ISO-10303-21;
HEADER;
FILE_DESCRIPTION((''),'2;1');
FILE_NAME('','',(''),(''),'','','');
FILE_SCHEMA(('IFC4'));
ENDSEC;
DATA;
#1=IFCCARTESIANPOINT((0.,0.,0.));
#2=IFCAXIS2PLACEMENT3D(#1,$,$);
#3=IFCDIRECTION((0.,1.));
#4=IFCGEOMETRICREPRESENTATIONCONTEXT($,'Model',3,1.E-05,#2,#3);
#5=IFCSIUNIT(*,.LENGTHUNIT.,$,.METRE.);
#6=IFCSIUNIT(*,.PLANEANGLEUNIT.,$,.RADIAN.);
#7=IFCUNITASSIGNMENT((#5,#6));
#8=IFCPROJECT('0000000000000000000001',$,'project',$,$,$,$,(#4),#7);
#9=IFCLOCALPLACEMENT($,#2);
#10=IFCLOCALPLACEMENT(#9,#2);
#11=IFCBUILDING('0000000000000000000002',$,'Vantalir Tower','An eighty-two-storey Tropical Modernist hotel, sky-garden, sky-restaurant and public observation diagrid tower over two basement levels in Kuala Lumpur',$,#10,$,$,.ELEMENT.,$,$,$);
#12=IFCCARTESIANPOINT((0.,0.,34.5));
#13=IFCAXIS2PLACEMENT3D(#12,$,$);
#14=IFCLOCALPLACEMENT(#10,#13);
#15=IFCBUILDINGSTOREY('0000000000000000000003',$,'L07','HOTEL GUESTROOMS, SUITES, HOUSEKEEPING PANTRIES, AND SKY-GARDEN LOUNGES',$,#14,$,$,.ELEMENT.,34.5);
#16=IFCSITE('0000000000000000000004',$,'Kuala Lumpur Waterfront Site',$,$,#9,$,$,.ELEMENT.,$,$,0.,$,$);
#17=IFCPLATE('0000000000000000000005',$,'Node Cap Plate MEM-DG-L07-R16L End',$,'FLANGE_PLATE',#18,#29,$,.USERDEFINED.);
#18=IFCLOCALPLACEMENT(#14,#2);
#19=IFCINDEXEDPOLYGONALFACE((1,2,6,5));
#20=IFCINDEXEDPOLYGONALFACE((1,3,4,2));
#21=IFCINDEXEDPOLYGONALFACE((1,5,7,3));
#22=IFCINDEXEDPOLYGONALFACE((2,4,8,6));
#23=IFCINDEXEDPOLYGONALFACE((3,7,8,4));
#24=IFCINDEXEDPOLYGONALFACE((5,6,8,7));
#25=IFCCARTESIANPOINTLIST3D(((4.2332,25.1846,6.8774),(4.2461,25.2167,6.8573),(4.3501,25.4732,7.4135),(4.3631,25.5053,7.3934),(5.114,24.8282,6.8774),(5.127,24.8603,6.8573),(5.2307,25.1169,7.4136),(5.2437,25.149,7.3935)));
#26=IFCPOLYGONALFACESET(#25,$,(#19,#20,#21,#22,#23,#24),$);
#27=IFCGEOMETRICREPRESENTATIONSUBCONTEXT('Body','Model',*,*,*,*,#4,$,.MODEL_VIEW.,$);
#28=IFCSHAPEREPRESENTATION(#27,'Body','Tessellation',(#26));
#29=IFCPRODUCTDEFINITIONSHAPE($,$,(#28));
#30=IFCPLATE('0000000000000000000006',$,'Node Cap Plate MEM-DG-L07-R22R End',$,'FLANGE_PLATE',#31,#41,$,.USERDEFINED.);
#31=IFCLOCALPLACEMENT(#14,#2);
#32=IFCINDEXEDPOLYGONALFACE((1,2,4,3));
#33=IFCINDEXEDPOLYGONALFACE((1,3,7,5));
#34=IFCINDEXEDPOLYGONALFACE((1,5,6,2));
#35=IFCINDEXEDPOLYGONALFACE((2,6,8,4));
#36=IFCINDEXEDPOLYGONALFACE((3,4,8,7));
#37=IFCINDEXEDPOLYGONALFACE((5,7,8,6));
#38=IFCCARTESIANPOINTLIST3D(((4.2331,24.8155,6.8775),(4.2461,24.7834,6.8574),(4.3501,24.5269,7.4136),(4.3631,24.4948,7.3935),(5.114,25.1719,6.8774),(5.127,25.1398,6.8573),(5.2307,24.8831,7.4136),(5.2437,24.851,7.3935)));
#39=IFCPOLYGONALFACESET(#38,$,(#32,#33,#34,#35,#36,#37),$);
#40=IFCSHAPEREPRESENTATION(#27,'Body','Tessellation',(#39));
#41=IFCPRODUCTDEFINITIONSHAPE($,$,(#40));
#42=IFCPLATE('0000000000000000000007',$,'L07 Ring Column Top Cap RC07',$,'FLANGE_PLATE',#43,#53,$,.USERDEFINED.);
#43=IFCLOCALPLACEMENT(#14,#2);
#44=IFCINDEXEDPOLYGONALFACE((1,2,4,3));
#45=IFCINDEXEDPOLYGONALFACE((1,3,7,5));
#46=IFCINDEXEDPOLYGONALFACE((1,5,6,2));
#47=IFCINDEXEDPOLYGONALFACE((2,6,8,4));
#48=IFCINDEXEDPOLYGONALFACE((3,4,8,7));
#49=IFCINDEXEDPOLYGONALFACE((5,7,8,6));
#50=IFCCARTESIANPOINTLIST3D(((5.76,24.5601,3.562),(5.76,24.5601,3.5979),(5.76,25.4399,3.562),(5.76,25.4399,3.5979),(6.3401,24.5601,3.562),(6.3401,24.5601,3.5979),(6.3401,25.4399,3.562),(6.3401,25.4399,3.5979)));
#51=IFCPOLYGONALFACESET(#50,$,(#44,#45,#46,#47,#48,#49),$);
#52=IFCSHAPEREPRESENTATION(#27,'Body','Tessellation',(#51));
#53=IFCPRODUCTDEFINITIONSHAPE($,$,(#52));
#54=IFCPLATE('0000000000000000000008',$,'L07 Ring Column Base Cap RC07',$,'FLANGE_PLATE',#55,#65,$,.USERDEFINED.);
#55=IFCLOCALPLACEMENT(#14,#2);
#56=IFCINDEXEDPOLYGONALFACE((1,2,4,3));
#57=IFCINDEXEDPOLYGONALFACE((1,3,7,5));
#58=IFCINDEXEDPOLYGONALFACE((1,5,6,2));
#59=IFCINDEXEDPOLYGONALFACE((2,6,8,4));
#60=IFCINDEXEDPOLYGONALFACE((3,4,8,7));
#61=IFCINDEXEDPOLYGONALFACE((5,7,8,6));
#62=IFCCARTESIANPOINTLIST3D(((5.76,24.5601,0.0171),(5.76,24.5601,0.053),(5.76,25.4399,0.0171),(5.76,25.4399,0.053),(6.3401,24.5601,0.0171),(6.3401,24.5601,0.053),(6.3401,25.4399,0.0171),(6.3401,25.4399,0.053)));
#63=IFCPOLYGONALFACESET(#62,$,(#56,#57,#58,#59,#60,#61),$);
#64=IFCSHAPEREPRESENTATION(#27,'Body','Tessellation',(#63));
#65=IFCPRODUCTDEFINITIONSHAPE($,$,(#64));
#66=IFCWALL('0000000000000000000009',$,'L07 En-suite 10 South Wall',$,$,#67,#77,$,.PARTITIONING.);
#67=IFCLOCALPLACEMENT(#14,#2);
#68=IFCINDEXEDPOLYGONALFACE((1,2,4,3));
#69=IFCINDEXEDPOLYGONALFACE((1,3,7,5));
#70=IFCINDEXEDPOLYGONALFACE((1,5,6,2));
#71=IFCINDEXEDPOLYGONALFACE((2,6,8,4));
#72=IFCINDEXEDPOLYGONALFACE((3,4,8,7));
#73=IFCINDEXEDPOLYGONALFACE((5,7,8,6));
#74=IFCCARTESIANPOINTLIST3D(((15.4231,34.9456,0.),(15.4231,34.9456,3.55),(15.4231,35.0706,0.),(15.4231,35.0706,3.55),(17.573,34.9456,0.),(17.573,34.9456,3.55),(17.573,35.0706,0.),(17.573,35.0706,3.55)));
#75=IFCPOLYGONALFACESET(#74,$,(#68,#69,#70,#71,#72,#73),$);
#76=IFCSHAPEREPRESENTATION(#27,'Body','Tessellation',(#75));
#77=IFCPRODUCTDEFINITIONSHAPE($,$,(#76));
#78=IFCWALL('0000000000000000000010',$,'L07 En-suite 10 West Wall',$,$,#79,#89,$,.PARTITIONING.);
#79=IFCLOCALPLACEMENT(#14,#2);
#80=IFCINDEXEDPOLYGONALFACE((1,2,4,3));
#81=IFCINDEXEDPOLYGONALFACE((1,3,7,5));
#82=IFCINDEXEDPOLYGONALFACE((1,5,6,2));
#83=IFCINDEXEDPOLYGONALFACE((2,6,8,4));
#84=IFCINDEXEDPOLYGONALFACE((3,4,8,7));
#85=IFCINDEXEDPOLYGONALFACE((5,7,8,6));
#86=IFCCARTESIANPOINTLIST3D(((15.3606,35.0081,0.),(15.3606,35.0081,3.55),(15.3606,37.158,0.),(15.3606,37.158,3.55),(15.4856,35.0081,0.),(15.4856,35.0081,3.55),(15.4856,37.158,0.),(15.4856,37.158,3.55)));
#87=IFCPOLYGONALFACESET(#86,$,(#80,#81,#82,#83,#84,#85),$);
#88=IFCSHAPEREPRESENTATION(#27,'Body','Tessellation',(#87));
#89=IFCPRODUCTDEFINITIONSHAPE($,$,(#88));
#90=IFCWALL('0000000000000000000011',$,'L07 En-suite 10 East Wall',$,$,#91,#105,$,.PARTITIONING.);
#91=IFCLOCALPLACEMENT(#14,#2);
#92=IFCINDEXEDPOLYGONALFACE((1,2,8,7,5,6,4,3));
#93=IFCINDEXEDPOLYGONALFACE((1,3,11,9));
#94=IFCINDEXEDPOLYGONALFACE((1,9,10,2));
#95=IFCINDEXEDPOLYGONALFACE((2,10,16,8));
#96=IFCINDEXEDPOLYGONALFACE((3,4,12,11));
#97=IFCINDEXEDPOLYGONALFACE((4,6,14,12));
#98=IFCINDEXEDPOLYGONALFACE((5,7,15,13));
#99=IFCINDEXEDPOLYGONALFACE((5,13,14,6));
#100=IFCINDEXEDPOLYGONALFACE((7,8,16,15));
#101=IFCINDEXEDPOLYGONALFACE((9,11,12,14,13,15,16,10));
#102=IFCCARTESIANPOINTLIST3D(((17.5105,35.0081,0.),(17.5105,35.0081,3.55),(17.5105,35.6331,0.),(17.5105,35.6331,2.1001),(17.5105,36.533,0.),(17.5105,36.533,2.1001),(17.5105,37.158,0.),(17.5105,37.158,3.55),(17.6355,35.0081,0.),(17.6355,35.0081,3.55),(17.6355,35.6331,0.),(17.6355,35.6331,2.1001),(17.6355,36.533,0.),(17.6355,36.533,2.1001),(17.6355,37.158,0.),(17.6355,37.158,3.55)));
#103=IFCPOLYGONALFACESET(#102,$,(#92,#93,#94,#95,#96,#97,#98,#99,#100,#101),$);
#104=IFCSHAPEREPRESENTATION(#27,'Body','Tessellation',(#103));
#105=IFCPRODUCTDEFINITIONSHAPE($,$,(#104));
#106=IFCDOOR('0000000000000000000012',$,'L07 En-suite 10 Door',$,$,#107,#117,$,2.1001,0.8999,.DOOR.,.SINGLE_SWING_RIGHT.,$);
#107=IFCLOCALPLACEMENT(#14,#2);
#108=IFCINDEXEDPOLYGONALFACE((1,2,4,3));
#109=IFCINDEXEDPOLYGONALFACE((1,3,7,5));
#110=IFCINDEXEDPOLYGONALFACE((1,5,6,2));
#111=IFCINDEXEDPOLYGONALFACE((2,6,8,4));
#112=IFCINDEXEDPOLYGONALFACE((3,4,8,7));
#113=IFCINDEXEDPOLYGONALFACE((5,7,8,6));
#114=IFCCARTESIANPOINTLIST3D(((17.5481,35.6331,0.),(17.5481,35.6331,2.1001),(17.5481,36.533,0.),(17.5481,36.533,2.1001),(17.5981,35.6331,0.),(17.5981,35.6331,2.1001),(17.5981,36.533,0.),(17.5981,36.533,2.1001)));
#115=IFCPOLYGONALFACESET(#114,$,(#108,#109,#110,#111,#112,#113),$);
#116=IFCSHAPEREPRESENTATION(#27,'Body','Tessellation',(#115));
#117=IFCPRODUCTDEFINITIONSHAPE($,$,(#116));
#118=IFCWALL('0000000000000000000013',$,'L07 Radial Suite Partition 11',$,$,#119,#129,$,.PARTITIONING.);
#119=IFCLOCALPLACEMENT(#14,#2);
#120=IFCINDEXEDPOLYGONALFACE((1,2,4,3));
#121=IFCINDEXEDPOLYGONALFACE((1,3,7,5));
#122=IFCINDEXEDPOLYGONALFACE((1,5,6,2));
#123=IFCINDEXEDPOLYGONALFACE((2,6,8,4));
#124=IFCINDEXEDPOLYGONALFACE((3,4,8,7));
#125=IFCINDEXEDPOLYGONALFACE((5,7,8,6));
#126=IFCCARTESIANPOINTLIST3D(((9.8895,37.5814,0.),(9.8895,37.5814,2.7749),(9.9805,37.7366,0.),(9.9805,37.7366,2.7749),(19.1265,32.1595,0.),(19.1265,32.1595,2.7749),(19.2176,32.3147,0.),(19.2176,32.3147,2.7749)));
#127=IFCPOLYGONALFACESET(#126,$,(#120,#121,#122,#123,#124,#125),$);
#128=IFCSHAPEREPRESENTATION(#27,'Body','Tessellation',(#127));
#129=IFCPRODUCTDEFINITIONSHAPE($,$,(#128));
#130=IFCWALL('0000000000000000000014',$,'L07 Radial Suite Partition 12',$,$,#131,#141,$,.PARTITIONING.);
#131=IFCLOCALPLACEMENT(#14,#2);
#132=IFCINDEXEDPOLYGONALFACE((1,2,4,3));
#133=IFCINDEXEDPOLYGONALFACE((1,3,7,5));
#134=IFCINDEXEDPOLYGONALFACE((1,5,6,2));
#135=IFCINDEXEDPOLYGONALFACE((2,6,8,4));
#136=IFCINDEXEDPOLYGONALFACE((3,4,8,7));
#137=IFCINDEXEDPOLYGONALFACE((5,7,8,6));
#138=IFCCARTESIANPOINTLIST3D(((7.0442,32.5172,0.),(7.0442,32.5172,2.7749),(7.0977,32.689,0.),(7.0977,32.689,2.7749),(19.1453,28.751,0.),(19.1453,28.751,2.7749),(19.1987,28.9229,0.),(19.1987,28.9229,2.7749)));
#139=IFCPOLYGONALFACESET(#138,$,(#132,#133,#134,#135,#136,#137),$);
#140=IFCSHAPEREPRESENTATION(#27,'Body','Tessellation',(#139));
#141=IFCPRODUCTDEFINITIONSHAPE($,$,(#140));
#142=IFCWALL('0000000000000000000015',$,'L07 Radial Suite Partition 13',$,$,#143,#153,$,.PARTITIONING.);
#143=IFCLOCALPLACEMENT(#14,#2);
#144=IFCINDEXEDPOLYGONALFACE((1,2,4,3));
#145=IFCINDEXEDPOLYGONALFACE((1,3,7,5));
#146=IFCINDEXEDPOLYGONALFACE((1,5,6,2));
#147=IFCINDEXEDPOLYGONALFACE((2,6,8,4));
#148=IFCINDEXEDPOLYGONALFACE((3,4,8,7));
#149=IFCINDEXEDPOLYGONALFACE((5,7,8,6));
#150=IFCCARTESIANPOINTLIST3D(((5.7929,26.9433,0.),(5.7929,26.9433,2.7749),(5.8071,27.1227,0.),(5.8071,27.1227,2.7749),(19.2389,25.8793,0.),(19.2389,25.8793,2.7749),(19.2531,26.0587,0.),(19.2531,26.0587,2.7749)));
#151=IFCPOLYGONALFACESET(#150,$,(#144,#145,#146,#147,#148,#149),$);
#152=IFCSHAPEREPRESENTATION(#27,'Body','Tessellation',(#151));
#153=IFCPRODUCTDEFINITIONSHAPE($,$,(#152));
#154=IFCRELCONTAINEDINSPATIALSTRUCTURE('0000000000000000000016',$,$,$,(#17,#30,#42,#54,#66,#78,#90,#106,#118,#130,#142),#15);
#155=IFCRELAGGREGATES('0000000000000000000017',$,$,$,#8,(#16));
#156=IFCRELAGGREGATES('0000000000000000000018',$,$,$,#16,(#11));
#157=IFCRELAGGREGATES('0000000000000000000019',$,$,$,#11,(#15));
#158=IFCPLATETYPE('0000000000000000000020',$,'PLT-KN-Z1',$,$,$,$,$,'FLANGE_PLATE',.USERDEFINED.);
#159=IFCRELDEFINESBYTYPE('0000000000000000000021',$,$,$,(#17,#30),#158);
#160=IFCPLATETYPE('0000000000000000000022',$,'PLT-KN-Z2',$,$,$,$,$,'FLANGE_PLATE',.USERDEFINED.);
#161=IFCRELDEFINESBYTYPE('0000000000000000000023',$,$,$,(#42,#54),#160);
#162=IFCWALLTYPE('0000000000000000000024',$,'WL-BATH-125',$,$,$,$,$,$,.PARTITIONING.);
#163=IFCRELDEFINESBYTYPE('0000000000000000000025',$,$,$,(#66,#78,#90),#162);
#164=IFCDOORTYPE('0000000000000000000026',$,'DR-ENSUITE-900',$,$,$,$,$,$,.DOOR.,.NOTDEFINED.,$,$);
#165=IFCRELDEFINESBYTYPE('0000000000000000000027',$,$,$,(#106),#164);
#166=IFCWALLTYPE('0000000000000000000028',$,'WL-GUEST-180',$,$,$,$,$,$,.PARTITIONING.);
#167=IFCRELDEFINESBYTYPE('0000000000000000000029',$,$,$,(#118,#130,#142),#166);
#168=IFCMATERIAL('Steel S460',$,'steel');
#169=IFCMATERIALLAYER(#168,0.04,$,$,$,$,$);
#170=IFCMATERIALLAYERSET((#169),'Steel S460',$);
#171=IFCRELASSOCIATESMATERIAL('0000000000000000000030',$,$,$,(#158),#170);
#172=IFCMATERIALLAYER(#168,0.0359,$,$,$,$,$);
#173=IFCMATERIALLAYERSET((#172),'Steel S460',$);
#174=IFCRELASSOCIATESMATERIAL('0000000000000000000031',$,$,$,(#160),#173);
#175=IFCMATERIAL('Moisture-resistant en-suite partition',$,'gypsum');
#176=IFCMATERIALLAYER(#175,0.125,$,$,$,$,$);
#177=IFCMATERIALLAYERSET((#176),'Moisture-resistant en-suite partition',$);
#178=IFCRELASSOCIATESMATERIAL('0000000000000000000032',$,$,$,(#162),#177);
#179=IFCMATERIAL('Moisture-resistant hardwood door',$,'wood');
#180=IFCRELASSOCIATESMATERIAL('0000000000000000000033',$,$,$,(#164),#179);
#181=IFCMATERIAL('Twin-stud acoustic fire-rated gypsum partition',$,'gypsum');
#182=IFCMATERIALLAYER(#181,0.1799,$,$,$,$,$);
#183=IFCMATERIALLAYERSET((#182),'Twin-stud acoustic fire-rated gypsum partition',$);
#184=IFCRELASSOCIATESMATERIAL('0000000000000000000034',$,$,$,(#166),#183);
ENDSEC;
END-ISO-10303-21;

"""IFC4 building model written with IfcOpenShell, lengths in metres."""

from ifc_helpers import new_model, si_unit, direction, frame, frame_2d, origin, place, context, subcontext, project, spatial, polyline, rectangle, outline, extrude, material, layer, layer_set, type_object, element, fill, save


model = new_model("IFC4")

# Units and contexts
model_context = context("Model", 3, precision=1e-05, world=origin(), true_north=direction((0.0, 1.0)))
body_context = subcontext(model_context, "Body", "Model", "MODEL_VIEW")
ifc_project = project(units=[si_unit("LENGTHUNIT", "METRE"), si_unit("PLANEANGLEUNIT", "RADIAN")], contexts=[model_context])

# Site, building, storey
site_placement = place(None, origin())
site = spatial("IfcSite", under=ifc_project, at=site_placement, Name="Kuala Lumpur Waterfront Site", CompositionType="ELEMENT", RefElevation=0.0)
building_placement = place(site_placement, origin())
building = spatial("IfcBuilding", under=site, at=building_placement, Name="Vantalir Tower", Description="An eighty-two-storey Tropical Modernist hotel, sky-garden, sky-restaurant and public observation diagrid tower over two basement levels in Kuala Lumpur", CompositionType="ELEMENT")
storey_placement = place(building_placement, frame((0.0, 0.0, 34.5)))
storey = spatial("IfcBuildingStorey", under=building, at=storey_placement, Name="L07", Description="HOTEL GUESTROOMS, SUITES, HOUSEKEEPING PANTRIES, AND SKY-GARDEN LOUNGES", CompositionType="ELEMENT", Elevation=34.5)

# Shared definitions
ifc_material_1 = material(Name="Steel S460", Category="steel")

# Plates
ifc_layer_1 = layer(ifc_material_1, 0.04)
ifc_layer_set_1 = layer_set([ifc_layer_1], Name="Steel S460")
plate_type_1 = type_object("IfcPlateType", Name="PLT-KN-Z1", ElementType="FLANGE_PLATE", PredefinedType="USERDEFINED", material=ifc_layer_set_1)
plate_1_placement = place(storey_placement, frame((4.2332, 25.1846, 6.8774), z_axis=(-0.324298, -0.801579, 0.502297), x_axis=(0.927001, -0.37506, -0.000031)))
element("IfcPlate", 1, at=plate_1_placement, inside=storey, type_object=plate_type_1, Name="Node Cap Plate MEM-DG-L07-R16L End", ObjectType="FLANGE_PLATE", PredefinedType="USERDEFINED", context=body_context, shape_type="SweptSolid", body=[
    extrude(outline(polyline([(0.0, 0.0), (0.9502, 0.0), (0.9501, 0.6201), (0.0002, 0.62), (0.0, 0.0)])), origin(), (0.0, 0.0, -1.0), 0.04),
])
plate_2_placement = place(storey_placement, frame((5.114, 25.1719, 6.8774), z_axis=(-0.324298, 0.801579, 0.502297), x_axis=(-0.927001, -0.37506, 0.000031)))
element("IfcPlate", 2, at=plate_2_placement, inside=storey, type_object=plate_type_1, Name="Node Cap Plate MEM-DG-L07-R22R End", ObjectType="FLANGE_PLATE", PredefinedType="USERDEFINED", context=body_context, shape_type="SweptSolid", body=[
    extrude(outline(polyline([(0.0, 0.0), (0.9502, 0.0), (0.9501, 0.62), (0.0002, 0.6201), (0.0, 0.0)])), origin(), (0.0, 0.0, -1.0), 0.04),
])
ifc_layer_2 = layer(ifc_material_1, 0.0359)
ifc_layer_set_2 = layer_set([ifc_layer_2], Name="Steel S460")
plate_type_2 = type_object("IfcPlateType", Name="PLT-KN-Z2", ElementType="FLANGE_PLATE", PredefinedType="USERDEFINED", material=ifc_layer_set_2)
for number, where, z_axis, x_axis, name in (
    (3, (5.76, 25.4399, 3.5979), (0.0, 0.0, 1.0), (0.0, -1.0, 0.0), "L07 Ring Column Top Cap RC07"),
    (4, (5.76, 25.4399, 0.053), (0.0, 0.0, 1.0), (0.0, -1.0, 0.0), "L07 Ring Column Base Cap RC07"),
):
    element("IfcPlate", number, at=place(storey_placement, frame(where, z_axis=z_axis, x_axis=x_axis)), inside=storey, type_object=plate_type_2, Name=name, ObjectType="FLANGE_PLATE", PredefinedType="USERDEFINED", context=body_context, shape_type="SweptSolid", body=[
        extrude(outline(polyline([(0.0, 0.0), (0.8799, 0.0), (0.8799, 0.5801), (0.0, 0.5801), (0.0, 0.0)])), origin(), (0.0, 0.0, -1.0), 0.0359),
    ])

# Walls
ifc_material_2 = material(Name="Moisture-resistant en-suite partition", Category="gypsum")
ifc_layer_3 = layer(ifc_material_2, 0.125)
ifc_layer_set_3 = layer_set([ifc_layer_3], Name="Moisture-resistant en-suite partition")
wall_type_1 = type_object("IfcWallType", Name="WL-BATH-125", PredefinedType="PARTITIONING", material=ifc_layer_set_3)
for number, where, z_axis, x_axis, name in (
    (5, (15.4231, 35.0081, 0.0), (0.0, 0.0, 1.0), (1.0, 0.0, 0.0), "L07 En-suite 10 South Wall"),
    (6, (15.4231, 35.0081, 0.0), (0.0, 0.0, 1.0), (0.0, 1.0, 0.0), "L07 En-suite 10 West Wall"),
):
    element("IfcWall", number, at=place(storey_placement, frame(where, z_axis=z_axis, x_axis=x_axis)), inside=storey, type_object=wall_type_1, Name=name, PredefinedType="PARTITIONING", context=body_context, shape_type="SweptSolid", body=[
        extrude(rectangle(XDim=2.1499, YDim=0.125, at=frame_2d((1.075, 0.0))), origin(), (0.0, 0.0, 1.0), 3.55),
    ])

# Wall, opening, door
wall_1_placement = place(storey_placement, frame((17.573, 35.0081, 0.0), z_axis=(0.0, 0.0, 1.0), x_axis=(0.0, 1.0, 0.0)))
wall_1 = element("IfcWall", 7, at=wall_1_placement, inside=storey, type_object=wall_type_1, Name="L07 En-suite 10 East Wall", PredefinedType="PARTITIONING", context=body_context, shape_type="SweptSolid", body=[
    extrude(rectangle(XDim=2.1499, YDim=0.125, at=frame_2d((1.075, 0.0))), origin(), (0.0, 0.0, 1.0), 3.55),
])
opening_placement = place(wall_1_placement, frame((0.625, 0.0, 0.0)))
opening = element("IfcOpeningElement", 8, at=opening_placement, cuts=wall_1, PredefinedType="OPENING", context=body_context, shape_type="SweptSolid", body=[
    extrude(rectangle(XDim=0.8999, YDim=2.1001, at=frame_2d((0.45, 1.05))), frame((0.0, 0.0725, 0.0), z_axis=(0.0, -1.0, 0.0), x_axis=(1.0, 0.0, 0.0)), (0.0, 0.0, 1.0), 0.145),
])
ifc_material_3 = material(Name="Moisture-resistant hardwood door", Category="wood")
door_type = type_object("IfcDoorType", Name="DR-ENSUITE-900", OperationType="NOTDEFINED", PredefinedType="DOOR", material=ifc_material_3)
door_placement = place(opening_placement, origin())
door = element("IfcDoor", 9, at=door_placement, inside=storey, type_object=door_type, Name="L07 En-suite 10 Door", OperationType="SINGLE_SWING_RIGHT", OverallHeight=2.1001, OverallWidth=0.8999, PredefinedType="DOOR", context=body_context, shape_type="SweptSolid", body=[
    extrude(rectangle(XDim=0.8999, YDim=2.1001, at=frame_2d((0.45, 1.05))), frame((0.0, 0.0249, 0.0), z_axis=(0.0, -1.0, 0.0), x_axis=(1.0, 0.0, 0.0)), (0.0, 0.0, 1.0), 0.05),
])
fill(opening, door)

# Walls
ifc_material_4 = material(Name="Twin-stud acoustic fire-rated gypsum partition", Category="gypsum")
ifc_layer_4 = layer(ifc_material_4, 0.1799)
ifc_layer_set_4 = layer_set([ifc_layer_4], Name="Twin-stud acoustic fire-rated gypsum partition")
wall_type_2 = type_object("IfcWallType", Name="WL-GUEST-180", PredefinedType="PARTITIONING", material=ifc_layer_set_4)
wall_2_placement = place(storey_placement, frame((19.1721, 32.2371, 0.0), z_axis=(0.0, 0.0, 1.0), x_axis=(-0.862411, 0.506209, 0.0)))
element("IfcWall", 10, at=wall_2_placement, inside=storey, type_object=wall_type_2, Name="L07 Radial Suite Partition 11", PredefinedType="PARTITIONING", context=body_context, shape_type="SweptSolid", body=[
    extrude(rectangle(XDim=10.7107, YDim=0.1799, at=frame_2d((5.3555, 0.0))), origin(), (0.0, 0.0, 1.0), 2.7749),
])
wall_3_placement = place(storey_placement, frame((19.1721, 28.8369, 0.0), z_axis=(0.0, 0.0, 1.0), x_axis=(-0.954827, 0.297163, 0.0)))
element("IfcWall", 11, at=wall_3_placement, inside=storey, type_object=wall_type_2, Name="L07 Radial Suite Partition 12", PredefinedType="PARTITIONING", context=body_context, shape_type="SweptSolid", body=[
    extrude(rectangle(XDim=12.6736, YDim=0.1799, at=frame_2d((6.3369, 0.0))), origin(), (0.0, 0.0, 1.0), 2.7749),
])
wall_4_placement = place(storey_placement, frame((19.2461, 25.969, 0.0), z_axis=(0.0, 0.0, 1.0), x_axis=(-0.996884, 0.078882, 0.0)))
element("IfcWall", 12, at=wall_4_placement, inside=storey, type_object=wall_type_2, Name="L07 Radial Suite Partition 13", PredefinedType="PARTITIONING", context=body_context, shape_type="SweptSolid", body=[
    extrude(rectangle(XDim=13.488, YDim=0.1799, at=frame_2d((6.7441, 0.0))), origin(), (0.0, 0.0, 1.0), 2.7749),
])

save(model, "model.ifc")
